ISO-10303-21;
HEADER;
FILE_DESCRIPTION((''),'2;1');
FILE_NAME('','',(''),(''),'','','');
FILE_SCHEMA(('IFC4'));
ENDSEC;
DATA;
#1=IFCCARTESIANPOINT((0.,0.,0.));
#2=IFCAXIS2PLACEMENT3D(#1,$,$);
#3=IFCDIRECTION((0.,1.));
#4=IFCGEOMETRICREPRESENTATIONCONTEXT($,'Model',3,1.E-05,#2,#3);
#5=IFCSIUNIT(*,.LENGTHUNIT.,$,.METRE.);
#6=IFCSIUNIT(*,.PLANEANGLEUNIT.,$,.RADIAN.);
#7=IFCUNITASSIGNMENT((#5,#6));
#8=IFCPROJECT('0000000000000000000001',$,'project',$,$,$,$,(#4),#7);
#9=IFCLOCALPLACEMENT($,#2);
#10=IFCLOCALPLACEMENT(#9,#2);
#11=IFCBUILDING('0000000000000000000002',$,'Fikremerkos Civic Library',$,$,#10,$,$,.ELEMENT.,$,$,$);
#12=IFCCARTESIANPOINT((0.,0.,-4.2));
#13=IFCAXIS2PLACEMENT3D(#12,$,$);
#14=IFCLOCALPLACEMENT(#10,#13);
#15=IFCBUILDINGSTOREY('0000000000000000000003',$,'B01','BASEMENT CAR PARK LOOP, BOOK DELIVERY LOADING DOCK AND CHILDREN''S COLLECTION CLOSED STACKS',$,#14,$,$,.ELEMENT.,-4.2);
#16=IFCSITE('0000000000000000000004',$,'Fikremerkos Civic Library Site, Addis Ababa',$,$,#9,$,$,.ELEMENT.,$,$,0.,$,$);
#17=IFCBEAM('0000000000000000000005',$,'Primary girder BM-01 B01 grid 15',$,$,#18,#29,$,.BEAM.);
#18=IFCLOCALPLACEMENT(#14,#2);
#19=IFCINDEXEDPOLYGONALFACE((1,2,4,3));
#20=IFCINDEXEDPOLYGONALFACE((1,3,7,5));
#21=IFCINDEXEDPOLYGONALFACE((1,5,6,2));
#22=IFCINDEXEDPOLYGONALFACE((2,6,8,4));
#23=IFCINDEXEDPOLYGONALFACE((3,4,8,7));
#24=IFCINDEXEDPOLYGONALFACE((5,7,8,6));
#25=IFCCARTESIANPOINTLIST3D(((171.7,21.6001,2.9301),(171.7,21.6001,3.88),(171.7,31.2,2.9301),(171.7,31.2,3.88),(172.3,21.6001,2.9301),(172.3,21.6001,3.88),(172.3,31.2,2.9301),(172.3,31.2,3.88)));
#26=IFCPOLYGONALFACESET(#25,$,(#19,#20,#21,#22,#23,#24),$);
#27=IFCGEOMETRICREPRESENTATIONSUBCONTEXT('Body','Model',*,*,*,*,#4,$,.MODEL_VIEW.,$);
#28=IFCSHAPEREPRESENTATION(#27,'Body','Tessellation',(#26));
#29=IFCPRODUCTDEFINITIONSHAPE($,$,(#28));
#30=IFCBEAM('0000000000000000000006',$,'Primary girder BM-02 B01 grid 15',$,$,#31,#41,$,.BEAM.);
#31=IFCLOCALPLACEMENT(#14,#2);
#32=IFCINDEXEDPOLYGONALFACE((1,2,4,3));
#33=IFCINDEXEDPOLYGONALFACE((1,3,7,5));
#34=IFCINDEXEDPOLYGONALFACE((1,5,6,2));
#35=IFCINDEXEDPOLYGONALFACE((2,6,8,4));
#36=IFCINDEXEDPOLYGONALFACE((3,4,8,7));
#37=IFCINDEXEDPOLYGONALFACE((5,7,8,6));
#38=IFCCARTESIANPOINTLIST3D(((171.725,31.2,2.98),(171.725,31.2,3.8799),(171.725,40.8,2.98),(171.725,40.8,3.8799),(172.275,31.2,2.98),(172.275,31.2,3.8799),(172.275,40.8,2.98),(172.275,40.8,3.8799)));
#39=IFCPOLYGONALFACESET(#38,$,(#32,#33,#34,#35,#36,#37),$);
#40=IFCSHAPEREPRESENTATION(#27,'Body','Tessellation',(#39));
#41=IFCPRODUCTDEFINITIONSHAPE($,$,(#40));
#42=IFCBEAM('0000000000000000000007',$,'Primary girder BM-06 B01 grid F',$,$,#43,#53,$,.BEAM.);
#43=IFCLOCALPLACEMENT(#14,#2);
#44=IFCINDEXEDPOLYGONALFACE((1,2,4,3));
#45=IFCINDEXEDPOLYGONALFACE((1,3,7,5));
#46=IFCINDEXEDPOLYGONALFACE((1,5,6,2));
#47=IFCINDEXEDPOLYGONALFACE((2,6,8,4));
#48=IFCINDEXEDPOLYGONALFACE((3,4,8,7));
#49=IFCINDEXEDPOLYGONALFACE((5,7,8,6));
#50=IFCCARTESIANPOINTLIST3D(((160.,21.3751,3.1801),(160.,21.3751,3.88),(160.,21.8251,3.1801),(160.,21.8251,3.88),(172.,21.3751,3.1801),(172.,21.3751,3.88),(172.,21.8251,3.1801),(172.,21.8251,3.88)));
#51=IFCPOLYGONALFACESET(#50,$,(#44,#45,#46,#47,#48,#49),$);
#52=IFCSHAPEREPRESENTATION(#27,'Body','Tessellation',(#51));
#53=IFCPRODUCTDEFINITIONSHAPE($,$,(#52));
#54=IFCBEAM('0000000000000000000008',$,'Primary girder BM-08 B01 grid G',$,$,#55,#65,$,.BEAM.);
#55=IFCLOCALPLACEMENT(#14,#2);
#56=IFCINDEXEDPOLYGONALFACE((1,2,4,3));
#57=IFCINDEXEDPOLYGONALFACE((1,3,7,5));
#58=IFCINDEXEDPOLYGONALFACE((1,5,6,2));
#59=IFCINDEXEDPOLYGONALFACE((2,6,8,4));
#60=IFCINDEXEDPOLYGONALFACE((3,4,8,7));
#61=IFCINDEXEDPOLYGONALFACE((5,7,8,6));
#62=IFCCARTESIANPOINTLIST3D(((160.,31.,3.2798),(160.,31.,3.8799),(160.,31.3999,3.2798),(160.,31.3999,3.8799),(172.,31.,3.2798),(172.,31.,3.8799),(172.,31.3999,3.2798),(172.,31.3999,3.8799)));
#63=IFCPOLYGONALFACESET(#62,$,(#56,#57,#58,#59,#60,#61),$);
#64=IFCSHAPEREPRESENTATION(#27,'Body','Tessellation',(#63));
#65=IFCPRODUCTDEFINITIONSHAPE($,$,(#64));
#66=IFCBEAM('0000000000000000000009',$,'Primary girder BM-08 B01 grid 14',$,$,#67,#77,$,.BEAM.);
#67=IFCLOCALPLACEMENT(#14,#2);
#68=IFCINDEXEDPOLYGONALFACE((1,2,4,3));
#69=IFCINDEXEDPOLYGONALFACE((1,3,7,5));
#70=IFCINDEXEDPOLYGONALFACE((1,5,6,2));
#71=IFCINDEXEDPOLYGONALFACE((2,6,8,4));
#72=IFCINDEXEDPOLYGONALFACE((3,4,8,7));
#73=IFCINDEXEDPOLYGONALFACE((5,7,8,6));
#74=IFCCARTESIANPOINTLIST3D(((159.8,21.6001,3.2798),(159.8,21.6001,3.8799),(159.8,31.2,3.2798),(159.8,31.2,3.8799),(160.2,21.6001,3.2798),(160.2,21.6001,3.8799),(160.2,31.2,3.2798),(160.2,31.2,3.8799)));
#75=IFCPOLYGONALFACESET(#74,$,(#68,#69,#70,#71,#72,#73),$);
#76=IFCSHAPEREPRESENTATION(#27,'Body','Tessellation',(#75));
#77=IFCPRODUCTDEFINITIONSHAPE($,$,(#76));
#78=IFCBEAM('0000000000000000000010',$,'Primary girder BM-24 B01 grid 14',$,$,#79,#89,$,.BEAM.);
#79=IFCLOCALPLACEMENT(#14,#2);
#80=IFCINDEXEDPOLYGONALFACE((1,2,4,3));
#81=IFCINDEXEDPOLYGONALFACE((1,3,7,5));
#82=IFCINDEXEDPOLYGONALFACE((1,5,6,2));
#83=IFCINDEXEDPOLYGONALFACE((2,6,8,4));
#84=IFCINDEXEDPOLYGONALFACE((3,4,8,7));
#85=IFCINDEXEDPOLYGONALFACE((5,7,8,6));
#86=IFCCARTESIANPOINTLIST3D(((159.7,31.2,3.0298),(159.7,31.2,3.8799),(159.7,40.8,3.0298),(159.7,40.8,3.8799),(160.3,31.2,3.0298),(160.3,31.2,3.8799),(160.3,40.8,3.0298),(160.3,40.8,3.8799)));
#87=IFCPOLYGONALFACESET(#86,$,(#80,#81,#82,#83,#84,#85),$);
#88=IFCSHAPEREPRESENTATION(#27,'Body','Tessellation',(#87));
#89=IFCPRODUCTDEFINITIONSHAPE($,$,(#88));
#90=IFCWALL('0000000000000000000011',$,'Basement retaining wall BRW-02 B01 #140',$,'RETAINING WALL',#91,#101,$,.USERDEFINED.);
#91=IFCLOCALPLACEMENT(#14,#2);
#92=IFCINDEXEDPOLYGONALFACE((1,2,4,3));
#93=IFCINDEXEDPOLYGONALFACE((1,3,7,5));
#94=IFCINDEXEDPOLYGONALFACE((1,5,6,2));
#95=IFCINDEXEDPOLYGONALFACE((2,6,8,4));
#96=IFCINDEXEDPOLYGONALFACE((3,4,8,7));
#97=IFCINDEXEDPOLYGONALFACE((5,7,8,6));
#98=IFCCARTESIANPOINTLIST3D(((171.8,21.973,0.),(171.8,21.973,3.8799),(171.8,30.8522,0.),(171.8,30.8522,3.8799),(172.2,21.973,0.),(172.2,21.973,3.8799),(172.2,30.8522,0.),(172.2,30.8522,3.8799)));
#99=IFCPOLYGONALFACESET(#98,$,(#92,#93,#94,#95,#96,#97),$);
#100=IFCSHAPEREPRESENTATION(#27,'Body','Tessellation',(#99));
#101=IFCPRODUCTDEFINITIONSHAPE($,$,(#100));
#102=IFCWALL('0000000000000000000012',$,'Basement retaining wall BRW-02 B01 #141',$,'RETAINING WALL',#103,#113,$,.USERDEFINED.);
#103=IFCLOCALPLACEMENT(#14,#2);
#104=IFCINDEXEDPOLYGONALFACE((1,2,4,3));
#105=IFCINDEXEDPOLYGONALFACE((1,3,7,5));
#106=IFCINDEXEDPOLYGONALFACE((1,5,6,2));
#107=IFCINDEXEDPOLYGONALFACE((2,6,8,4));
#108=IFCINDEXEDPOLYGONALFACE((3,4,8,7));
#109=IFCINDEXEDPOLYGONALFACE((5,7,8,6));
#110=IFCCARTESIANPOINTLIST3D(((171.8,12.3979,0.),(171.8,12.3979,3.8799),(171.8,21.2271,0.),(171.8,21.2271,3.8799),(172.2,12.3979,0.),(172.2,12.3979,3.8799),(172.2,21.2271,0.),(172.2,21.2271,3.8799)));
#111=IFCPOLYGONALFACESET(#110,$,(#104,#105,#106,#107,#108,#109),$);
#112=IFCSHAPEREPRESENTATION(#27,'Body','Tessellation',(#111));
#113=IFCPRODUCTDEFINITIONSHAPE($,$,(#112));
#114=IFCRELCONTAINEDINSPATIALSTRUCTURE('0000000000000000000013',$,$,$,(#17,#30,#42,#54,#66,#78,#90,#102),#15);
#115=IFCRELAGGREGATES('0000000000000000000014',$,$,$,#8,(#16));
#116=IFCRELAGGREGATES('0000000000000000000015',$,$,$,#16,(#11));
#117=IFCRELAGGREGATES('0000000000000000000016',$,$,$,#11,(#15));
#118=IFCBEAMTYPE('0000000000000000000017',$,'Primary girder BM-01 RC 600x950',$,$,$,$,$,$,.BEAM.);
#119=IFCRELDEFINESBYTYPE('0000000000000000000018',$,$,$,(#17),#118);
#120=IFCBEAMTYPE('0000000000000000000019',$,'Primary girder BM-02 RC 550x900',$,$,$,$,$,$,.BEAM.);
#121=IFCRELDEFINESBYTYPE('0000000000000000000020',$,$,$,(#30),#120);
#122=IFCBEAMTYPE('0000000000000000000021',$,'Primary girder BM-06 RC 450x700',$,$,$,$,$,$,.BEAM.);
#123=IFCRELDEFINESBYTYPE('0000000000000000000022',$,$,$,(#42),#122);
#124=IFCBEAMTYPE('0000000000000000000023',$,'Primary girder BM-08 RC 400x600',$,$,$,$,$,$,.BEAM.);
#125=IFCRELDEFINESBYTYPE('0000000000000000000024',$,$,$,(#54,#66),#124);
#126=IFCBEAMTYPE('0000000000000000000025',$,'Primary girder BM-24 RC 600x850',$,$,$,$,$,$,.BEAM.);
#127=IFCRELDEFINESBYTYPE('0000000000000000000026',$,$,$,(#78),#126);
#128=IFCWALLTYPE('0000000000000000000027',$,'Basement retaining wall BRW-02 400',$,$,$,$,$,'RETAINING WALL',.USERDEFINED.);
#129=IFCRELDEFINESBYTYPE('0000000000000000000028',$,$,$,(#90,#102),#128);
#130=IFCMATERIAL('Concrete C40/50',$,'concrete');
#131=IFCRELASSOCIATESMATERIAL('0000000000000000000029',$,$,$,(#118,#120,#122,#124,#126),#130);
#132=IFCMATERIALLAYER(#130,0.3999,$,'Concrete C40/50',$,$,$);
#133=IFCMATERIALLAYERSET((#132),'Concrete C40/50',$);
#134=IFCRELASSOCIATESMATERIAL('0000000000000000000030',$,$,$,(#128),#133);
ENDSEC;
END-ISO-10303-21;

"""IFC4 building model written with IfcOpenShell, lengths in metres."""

from ifc_helpers import new_model, si_unit, direction, frame, frame_2d, origin, origin_2d, place, context, subcontext, project, spatial, rectangle, extrude, material, layer, layer_set, material_profile, profile_set, type_object, element, save


model = new_model("IFC4")

# Units and contexts
model_context = context("Model", 3, precision=1e-05, world=origin(), true_north=direction((0.0, 1.0)))
body_context = subcontext(model_context, "Body", "Model", "MODEL_VIEW")
ifc_project = project(units=[si_unit("LENGTHUNIT", "METRE"), si_unit("PLANEANGLEUNIT", "RADIAN")], contexts=[model_context])

# Site, building, storey
site_placement = place(None, origin())
site = spatial("IfcSite", under=ifc_project, at=site_placement, Name="Fikremerkos Civic Library Site, Addis Ababa", CompositionType="ELEMENT", RefElevation=0.0)
building_placement = place(site_placement, origin())
building = spatial("IfcBuilding", under=site, at=building_placement, Name="Fikremerkos Civic Library", CompositionType="ELEMENT")
storey_placement = place(building_placement, frame((0.0, 0.0, -4.2)))
storey = spatial("IfcBuildingStorey", under=building, at=storey_placement, Name="B01", Description="BASEMENT CAR PARK LOOP, BOOK DELIVERY LOADING DOCK AND CHILDREN'S COLLECTION CLOSED STACKS", CompositionType="ELEMENT", Elevation=-4.2)

# Shared definitions
ifc_material_1 = material(Name="Concrete C40/50", Category="concrete")

# Beams
ifc_material_profile_1 = material_profile(ifc_material_1, rectangle(XDim=0.6001, YDim=0.95, at=origin_2d()), Name="RC 600x950")
ifc_profile_set_1 = profile_set([ifc_material_profile_1], Name="Concrete C40/50")
beam_type_1 = type_object("IfcBeamType", Name="Primary girder BM-01 RC 600x950", PredefinedType="BEAM", material=ifc_profile_set_1)
beam_1_placement = place(storey_placement, frame((172.0, 21.6001, 3.405), z_axis=(0.0, 1.0, 0.0), x_axis=(-1.0, 0.0, 0.0)))
element("IfcBeam", 1, at=beam_1_placement, inside=storey, type_object=beam_type_1, Name="Primary girder BM-01 B01 grid 15", PredefinedType="BEAM", context=body_context, shape_type="SweptSolid", body=[
    extrude(rectangle(XDim=0.6001, YDim=0.95, at=origin_2d()), origin(), (0.0, 0.0, 1.0), 9.5999),
])
ifc_material_profile_2 = material_profile(ifc_material_1, rectangle(XDim=0.55, YDim=0.8999, at=origin_2d()), Name="RC 550x900")
ifc_profile_set_2 = profile_set([ifc_material_profile_2], Name="Concrete C40/50")
beam_type_2 = type_object("IfcBeamType", Name="Primary girder BM-02 RC 550x900", PredefinedType="BEAM", material=ifc_profile_set_2)
beam_2_placement = place(storey_placement, frame((172.0, 31.2, 3.4299), z_axis=(0.0, 1.0, 0.0), x_axis=(-1.0, 0.0, 0.0)))
element("IfcBeam", 2, at=beam_2_placement, inside=storey, type_object=beam_type_2, Name="Primary girder BM-02 B01 grid 15", PredefinedType="BEAM", context=body_context, shape_type="SweptSolid", body=[
    extrude(rectangle(XDim=0.55, YDim=0.8999, at=origin_2d()), origin(), (0.0, 0.0, 1.0), 9.6001),
])
ifc_material_profile_3 = material_profile(ifc_material_1, rectangle(XDim=0.45, YDim=0.7, at=origin_2d()), Name="RC 450x700")
ifc_profile_set_3 = profile_set([ifc_material_profile_3], Name="Concrete C40/50")
beam_type_3 = type_object("IfcBeamType", Name="Primary girder BM-06 RC 450x700", PredefinedType="BEAM", material=ifc_profile_set_3)
beam_3_placement = place(storey_placement, frame((160.0, 21.6001, 3.53), z_axis=(1.0, 0.0, 0.0), x_axis=(0.0, 1.0, 0.0)))
element("IfcBeam", 3, at=beam_3_placement, inside=storey, type_object=beam_type_3, Name="Primary girder BM-06 B01 grid F", PredefinedType="BEAM", context=body_context, shape_type="SweptSolid", body=[
    extrude(rectangle(XDim=0.45, YDim=0.7, at=origin_2d()), origin(), (0.0, 0.0, 1.0), 12.0),
])
ifc_material_profile_4 = material_profile(ifc_material_1, rectangle(XDim=0.3999, YDim=0.6001, at=origin_2d()), Name="RC 400x600")
ifc_profile_set_4 = profile_set([ifc_material_profile_4], Name="Concrete C40/50")
beam_type_4 = type_object("IfcBeamType", Name="Primary girder BM-08 RC 400x600", PredefinedType="BEAM", material=ifc_profile_set_4)
beam_4_placement = place(storey_placement, frame((160.0, 31.2, 3.5798), z_axis=(1.0, 0.0, 0.0), x_axis=(0.0, 1.0, 0.0)))
element("IfcBeam", 4, at=beam_4_placement, inside=storey, type_object=beam_type_4, Name="Primary girder BM-08 B01 grid G", PredefinedType="BEAM", context=body_context, shape_type="SweptSolid", body=[
    extrude(rectangle(XDim=0.3999, YDim=0.6001, at=origin_2d()), origin(), (0.0, 0.0, 1.0), 12.0),
])
beam_5_placement = place(storey_placement, frame((160.0, 21.6001, 3.5798), z_axis=(0.0, 1.0, 0.0), x_axis=(-1.0, 0.0, 0.0)))
element("IfcBeam", 5, at=beam_5_placement, inside=storey, type_object=beam_type_4, Name="Primary girder BM-08 B01 grid 14", PredefinedType="BEAM", context=body_context, shape_type="SweptSolid", body=[
    extrude(rectangle(XDim=0.3999, YDim=0.6001, at=origin_2d()), origin(), (0.0, 0.0, 1.0), 9.5999),
])
ifc_material_profile_5 = material_profile(ifc_material_1, rectangle(XDim=0.6001, YDim=0.8501, at=origin_2d()), Name="RC 600x850")
ifc_profile_set_5 = profile_set([ifc_material_profile_5], Name="Concrete C40/50")
beam_type_5 = type_object("IfcBeamType", Name="Primary girder BM-24 RC 600x850", PredefinedType="BEAM", material=ifc_profile_set_5)
beam_6_placement = place(storey_placement, frame((160.0, 31.2, 3.4548), z_axis=(0.0, 1.0, 0.0), x_axis=(-1.0, 0.0, 0.0)))
element("IfcBeam", 6, at=beam_6_placement, inside=storey, type_object=beam_type_5, Name="Primary girder BM-24 B01 grid 14", PredefinedType="BEAM", context=body_context, shape_type="SweptSolid", body=[
    extrude(rectangle(XDim=0.6001, YDim=0.8501, at=origin_2d()), origin(), (0.0, 0.0, 1.0), 9.6001),
])

# Walls
ifc_layer = layer(ifc_material_1, 0.3999, Name="Concrete C40/50")
ifc_layer_set = layer_set([ifc_layer], Name="Concrete C40/50")
wall_type = type_object("IfcWallType", Name="Basement retaining wall BRW-02 400", ElementType="RETAINING WALL", PredefinedType="USERDEFINED", material=ifc_layer_set)
wall_1_placement = place(storey_placement, frame((172.0, 30.8521, 0.0), z_axis=(0.0, 0.0, 1.0), x_axis=(0.0, -1.0, 0.0)))
element("IfcWall", 7, at=wall_1_placement, inside=storey, type_object=wall_type, Name="Basement retaining wall BRW-02 B01 #140", ObjectType="RETAINING WALL", PredefinedType="USERDEFINED", context=body_context, shape_type="SweptSolid", body=[
    extrude(rectangle(XDim=8.8792, YDim=0.3999, at=frame_2d((4.4395, 0.0))), origin(), (0.0, 0.0, 1.0), 3.8799),
])
wall_2_placement = place(storey_placement, frame((172.0, 21.2271, 0.0), z_axis=(0.0, 0.0, 1.0), x_axis=(0.0, -1.0, 0.0)))
element("IfcWall", 8, at=wall_2_placement, inside=storey, type_object=wall_type, Name="Basement retaining wall BRW-02 B01 #141", ObjectType="RETAINING WALL", PredefinedType="USERDEFINED", context=body_context, shape_type="SweptSolid", body=[
    extrude(rectangle(XDim=8.8291, YDim=0.3999, at=frame_2d((4.4146, 0.0))), origin(), (0.0, 0.0, 1.0), 3.8799),
])

save(model, "model.ifc")
